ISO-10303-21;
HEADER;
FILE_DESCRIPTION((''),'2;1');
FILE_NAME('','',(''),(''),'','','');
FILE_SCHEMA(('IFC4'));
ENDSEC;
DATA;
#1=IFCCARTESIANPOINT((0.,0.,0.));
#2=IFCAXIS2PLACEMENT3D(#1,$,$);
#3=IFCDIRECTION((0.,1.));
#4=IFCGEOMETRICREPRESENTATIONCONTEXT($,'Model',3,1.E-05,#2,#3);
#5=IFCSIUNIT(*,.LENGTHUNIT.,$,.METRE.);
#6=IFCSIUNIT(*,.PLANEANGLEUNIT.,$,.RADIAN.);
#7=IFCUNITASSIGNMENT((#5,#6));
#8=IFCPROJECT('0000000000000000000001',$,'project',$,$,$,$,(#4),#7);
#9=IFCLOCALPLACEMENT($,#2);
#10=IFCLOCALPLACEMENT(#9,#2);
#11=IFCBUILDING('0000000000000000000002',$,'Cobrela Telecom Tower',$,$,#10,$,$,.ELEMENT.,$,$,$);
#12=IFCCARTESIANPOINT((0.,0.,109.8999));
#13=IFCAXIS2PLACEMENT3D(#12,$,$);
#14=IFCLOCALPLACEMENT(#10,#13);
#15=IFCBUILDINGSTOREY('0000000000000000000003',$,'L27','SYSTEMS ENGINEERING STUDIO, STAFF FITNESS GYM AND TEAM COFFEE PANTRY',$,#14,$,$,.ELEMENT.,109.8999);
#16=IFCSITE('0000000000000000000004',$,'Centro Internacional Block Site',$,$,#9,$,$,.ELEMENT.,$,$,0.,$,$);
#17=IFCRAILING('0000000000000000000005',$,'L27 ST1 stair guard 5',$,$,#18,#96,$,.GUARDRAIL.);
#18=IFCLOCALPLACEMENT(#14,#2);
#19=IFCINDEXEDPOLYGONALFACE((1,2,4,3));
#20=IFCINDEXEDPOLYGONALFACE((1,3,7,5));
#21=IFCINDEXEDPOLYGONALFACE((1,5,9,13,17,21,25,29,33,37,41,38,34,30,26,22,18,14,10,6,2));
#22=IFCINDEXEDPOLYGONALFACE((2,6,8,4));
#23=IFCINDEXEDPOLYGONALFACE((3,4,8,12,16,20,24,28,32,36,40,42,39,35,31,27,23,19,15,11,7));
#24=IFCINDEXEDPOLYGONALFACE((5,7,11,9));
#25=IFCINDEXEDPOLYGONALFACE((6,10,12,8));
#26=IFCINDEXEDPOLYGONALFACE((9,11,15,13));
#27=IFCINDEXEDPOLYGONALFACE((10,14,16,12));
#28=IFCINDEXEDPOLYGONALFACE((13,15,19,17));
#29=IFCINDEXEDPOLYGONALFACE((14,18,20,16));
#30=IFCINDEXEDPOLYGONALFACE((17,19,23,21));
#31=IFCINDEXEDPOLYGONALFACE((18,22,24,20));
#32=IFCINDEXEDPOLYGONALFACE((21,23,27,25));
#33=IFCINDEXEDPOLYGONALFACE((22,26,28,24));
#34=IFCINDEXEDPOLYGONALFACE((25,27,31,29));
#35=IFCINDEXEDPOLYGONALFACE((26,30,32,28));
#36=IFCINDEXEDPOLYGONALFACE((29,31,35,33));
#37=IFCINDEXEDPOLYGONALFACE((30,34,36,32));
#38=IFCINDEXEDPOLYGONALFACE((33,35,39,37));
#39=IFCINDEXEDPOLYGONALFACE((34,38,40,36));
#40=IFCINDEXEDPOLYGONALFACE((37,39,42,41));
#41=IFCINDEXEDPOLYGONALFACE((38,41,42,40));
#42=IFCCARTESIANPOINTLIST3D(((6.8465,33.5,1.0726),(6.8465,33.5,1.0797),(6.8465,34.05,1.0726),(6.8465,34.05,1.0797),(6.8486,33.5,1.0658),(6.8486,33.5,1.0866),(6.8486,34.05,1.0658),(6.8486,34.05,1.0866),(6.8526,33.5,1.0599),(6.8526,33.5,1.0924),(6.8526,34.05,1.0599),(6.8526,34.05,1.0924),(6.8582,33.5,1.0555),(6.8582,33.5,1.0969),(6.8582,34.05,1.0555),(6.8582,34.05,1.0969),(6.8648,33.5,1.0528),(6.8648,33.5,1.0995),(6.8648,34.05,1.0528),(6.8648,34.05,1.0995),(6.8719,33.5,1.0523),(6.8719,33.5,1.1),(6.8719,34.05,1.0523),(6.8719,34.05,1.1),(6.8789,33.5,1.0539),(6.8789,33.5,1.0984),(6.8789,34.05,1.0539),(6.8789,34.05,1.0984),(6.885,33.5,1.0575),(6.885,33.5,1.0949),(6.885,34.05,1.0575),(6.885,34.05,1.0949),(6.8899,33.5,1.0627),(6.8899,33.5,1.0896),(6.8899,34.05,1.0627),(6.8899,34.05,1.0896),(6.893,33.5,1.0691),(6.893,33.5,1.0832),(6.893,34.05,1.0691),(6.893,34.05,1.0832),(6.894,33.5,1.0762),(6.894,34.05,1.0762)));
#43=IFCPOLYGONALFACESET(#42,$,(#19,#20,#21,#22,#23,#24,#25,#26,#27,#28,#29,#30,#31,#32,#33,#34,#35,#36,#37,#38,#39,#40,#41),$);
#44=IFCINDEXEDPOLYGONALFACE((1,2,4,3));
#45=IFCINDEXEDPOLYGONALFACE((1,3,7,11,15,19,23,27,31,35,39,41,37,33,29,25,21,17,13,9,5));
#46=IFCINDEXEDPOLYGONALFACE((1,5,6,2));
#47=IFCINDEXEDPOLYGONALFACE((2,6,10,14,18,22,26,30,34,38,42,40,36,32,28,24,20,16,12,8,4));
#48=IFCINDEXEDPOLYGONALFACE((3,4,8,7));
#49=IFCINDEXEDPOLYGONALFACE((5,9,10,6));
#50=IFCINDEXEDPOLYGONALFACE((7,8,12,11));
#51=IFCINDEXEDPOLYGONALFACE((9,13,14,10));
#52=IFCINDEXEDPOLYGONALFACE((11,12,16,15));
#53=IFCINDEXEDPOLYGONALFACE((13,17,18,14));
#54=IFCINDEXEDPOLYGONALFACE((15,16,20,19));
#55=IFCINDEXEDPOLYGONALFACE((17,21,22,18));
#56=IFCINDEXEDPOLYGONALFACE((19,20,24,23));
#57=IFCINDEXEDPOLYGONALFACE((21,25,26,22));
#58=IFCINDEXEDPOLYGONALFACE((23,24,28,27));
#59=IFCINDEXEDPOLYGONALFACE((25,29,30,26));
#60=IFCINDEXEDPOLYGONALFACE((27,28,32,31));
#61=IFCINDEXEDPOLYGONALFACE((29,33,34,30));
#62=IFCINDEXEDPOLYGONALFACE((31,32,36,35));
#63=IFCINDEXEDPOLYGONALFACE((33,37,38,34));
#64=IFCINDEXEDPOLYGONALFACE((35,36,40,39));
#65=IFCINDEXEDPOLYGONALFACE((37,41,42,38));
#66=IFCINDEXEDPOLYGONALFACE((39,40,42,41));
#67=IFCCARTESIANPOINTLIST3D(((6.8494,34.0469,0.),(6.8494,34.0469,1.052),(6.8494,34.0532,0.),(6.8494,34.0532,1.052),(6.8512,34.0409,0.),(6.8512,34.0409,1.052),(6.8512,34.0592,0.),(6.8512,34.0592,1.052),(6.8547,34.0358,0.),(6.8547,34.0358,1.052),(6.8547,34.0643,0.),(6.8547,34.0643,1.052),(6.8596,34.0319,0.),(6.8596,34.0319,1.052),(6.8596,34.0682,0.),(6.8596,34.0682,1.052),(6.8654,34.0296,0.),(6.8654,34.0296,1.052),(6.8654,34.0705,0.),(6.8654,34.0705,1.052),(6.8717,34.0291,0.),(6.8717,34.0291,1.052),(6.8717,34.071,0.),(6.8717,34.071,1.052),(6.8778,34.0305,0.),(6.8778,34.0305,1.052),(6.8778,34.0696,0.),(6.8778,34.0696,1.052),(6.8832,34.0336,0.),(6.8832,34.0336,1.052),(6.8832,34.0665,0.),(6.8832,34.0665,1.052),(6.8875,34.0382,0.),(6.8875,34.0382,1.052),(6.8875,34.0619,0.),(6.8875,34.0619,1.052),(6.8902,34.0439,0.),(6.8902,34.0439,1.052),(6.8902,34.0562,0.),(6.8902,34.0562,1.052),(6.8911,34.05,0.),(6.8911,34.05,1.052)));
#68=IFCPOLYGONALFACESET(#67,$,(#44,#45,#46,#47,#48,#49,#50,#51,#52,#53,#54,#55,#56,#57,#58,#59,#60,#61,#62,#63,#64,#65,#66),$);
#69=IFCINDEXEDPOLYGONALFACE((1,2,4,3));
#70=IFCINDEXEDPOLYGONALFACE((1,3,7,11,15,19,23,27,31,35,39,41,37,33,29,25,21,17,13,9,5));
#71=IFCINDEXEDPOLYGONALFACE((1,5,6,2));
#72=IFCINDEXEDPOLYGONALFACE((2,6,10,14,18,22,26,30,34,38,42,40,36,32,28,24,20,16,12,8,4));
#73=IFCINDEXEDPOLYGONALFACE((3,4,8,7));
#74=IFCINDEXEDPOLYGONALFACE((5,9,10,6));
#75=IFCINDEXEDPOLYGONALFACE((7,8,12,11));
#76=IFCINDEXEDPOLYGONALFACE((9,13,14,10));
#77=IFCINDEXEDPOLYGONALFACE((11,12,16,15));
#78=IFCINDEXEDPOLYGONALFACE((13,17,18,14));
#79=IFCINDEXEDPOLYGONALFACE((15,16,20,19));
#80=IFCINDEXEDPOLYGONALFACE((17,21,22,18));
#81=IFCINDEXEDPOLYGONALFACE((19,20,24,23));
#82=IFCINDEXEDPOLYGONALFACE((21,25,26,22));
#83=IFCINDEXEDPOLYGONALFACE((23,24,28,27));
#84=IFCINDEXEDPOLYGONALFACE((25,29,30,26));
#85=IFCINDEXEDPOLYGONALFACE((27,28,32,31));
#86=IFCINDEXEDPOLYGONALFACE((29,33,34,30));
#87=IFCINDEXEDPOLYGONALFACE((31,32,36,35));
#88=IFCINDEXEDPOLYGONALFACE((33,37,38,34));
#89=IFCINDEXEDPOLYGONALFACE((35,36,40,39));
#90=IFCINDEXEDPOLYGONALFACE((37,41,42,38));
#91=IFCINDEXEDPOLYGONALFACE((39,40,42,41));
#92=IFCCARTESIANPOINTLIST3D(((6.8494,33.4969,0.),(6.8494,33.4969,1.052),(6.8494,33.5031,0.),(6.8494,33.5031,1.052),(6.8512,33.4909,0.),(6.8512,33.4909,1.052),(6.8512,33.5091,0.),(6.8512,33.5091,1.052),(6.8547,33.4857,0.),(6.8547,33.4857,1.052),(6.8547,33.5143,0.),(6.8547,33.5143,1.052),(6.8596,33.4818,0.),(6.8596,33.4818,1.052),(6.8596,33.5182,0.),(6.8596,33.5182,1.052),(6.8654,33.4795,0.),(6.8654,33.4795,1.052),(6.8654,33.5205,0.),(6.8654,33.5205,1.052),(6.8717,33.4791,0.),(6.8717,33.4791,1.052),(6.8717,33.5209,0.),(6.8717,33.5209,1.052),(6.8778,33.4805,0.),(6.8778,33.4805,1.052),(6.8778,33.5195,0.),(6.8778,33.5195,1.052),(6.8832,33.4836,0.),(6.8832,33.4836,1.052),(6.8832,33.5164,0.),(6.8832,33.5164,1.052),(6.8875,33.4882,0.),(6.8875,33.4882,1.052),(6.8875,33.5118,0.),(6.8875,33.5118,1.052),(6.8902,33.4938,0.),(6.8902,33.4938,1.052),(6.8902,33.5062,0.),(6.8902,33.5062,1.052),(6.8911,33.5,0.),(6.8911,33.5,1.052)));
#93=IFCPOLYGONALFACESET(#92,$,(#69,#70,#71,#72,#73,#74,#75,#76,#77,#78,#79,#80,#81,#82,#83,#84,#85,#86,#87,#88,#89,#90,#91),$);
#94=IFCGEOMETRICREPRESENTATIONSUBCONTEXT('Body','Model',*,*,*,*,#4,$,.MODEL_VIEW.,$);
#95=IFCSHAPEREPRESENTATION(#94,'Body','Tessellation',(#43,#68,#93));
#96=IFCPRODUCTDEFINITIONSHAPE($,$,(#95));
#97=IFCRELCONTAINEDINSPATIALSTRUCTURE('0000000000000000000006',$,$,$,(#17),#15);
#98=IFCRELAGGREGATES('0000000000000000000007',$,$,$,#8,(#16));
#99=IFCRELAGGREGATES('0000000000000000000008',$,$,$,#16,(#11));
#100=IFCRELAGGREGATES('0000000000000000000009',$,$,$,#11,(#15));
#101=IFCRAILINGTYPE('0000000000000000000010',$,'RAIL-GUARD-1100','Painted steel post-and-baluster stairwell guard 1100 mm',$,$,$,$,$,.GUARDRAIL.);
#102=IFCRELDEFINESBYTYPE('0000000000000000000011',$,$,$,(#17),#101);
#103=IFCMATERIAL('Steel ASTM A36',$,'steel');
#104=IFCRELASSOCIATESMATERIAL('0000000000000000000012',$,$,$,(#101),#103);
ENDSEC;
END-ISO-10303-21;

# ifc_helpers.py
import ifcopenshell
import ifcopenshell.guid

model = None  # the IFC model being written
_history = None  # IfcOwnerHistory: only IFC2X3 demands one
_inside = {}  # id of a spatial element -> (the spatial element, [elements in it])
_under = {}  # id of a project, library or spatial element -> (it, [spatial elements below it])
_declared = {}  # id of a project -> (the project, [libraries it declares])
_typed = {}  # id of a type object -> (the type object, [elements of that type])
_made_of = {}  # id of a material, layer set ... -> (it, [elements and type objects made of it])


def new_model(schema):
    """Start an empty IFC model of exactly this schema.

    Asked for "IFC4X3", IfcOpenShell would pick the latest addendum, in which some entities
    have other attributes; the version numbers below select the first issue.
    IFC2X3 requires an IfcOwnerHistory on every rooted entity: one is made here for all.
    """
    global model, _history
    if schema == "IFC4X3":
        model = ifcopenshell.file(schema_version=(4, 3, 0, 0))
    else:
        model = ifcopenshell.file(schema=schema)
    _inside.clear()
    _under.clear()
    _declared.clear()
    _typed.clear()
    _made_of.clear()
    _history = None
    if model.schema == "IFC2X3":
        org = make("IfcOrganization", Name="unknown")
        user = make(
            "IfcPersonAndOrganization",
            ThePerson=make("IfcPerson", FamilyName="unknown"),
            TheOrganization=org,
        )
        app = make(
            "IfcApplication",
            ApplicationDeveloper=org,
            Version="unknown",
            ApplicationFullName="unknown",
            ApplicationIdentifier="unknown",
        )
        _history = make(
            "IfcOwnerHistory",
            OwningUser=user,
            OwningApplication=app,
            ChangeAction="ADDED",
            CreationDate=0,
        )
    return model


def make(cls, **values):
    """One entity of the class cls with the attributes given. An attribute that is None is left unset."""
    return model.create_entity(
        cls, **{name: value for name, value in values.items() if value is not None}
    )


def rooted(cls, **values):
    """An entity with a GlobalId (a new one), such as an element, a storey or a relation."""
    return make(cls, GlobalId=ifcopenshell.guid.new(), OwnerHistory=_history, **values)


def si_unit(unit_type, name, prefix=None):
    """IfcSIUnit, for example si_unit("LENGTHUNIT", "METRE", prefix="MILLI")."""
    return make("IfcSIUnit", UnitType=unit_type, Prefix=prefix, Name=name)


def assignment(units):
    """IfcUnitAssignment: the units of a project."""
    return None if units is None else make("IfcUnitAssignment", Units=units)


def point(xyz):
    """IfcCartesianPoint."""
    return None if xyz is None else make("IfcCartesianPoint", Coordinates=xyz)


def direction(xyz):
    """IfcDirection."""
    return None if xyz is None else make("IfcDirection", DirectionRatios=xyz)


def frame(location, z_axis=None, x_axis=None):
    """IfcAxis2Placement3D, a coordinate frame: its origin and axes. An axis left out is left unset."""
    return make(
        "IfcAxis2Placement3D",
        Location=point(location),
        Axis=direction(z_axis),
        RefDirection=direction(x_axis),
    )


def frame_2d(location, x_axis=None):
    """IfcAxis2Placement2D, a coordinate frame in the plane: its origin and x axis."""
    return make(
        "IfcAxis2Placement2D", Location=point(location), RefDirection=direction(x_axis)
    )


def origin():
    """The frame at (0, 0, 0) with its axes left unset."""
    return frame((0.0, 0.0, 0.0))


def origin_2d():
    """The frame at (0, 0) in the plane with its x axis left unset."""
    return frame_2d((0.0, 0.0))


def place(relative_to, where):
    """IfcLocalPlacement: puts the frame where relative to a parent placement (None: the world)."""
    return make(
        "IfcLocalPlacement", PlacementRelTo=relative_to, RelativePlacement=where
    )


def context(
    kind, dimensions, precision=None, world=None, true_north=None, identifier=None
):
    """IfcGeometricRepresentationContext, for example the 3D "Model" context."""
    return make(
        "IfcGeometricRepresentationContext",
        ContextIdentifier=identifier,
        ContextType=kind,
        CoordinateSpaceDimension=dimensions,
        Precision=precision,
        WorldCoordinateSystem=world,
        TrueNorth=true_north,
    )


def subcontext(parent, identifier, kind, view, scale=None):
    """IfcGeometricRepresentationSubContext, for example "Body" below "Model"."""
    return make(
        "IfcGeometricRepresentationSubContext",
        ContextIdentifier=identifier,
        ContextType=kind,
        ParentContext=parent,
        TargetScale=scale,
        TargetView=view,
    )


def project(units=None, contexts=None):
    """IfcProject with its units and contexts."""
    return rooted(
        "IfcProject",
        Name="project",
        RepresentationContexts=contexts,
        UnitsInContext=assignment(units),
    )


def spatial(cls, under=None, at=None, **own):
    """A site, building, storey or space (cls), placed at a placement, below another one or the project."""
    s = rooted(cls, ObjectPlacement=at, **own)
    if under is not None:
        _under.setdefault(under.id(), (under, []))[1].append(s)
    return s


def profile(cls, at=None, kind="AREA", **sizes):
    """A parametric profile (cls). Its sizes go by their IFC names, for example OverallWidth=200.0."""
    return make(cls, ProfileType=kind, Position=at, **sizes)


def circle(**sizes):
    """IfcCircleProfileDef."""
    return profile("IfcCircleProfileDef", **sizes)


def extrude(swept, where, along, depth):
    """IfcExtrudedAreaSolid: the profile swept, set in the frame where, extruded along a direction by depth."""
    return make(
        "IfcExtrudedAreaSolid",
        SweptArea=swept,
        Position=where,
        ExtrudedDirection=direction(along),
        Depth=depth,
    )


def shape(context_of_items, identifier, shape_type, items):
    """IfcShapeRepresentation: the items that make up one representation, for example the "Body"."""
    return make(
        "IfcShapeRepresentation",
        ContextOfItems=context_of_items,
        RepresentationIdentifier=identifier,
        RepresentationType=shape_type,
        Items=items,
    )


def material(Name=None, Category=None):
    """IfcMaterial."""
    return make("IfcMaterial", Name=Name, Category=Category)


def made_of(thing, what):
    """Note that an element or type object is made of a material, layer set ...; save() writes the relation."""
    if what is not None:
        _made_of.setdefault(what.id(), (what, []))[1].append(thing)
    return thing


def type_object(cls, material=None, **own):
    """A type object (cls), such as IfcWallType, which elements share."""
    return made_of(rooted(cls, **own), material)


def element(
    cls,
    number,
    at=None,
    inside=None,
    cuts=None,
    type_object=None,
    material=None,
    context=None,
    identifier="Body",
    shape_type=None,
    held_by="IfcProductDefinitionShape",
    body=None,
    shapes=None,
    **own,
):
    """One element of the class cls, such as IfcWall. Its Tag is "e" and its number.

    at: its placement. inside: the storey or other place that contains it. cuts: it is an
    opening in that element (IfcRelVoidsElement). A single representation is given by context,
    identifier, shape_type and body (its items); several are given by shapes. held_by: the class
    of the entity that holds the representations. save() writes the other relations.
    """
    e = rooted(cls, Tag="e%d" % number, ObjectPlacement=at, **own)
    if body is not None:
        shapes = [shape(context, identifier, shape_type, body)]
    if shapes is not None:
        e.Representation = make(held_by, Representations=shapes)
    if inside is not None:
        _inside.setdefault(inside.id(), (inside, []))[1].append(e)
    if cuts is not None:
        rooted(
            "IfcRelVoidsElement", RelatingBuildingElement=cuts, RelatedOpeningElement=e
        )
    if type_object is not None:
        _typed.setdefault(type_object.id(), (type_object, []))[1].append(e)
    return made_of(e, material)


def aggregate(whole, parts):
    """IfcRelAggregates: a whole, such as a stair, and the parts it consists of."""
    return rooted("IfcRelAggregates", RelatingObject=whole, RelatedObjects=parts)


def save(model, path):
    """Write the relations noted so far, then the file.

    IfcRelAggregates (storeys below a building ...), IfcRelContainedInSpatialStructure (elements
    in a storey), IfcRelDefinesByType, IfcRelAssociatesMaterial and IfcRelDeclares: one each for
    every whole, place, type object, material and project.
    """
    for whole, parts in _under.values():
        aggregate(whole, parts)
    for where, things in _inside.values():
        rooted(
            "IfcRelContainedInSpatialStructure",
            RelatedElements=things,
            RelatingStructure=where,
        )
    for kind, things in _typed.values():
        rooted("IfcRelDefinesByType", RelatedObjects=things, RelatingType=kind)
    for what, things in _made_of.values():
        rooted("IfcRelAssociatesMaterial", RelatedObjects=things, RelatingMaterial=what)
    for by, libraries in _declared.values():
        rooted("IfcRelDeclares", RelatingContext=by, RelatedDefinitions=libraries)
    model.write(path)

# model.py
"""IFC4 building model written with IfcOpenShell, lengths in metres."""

from ifc_helpers import new_model, si_unit, direction, frame, origin, origin_2d, place, context, subcontext, project, spatial, circle, extrude, material, type_object, element, save


model = new_model("IFC4")

# Units and contexts
model_context = context("Model", 3, precision=1e-05, world=origin(), true_north=direction((0.0, 1.0)))
body_context = subcontext(model_context, "Body", "Model", "MODEL_VIEW")
ifc_project = project(units=[si_unit("LENGTHUNIT", "METRE"), si_unit("PLANEANGLEUNIT", "RADIAN")], contexts=[model_context])

# Site, building, storey
site_placement = place(None, origin())
site = spatial("IfcSite", under=ifc_project, at=site_placement, Name="Centro Internacional Block Site", CompositionType="ELEMENT", RefElevation=0.0)
building_placement = place(site_placement, origin())
building = spatial("IfcBuilding", under=site, at=building_placement, Name="Cobrela Telecom Tower", CompositionType="ELEMENT")
storey_placement = place(building_placement, frame((0.0, 0.0, 109.8999)))
storey = spatial("IfcBuildingStorey", under=building, at=storey_placement, Name="L27", Description="SYSTEMS ENGINEERING STUDIO, STAFF FITNESS GYM AND TEAM COFFEE PANTRY", CompositionType="ELEMENT", Elevation=109.8999)

# Shared definitions
ifc_material_1 = material(Name="Steel ASTM A36", Category="steel")

# Railing
railing_type_1 = type_object("IfcRailingType", Name="RAIL-GUARD-1100", Description="Painted steel post-and-baluster stairwell guard 1100 mm", PredefinedType="GUARDRAIL", material=ifc_material_1)
railing_1_placement = place(storey_placement, frame((6.8701, 34.05, 0.0)))
element("IfcRailing", 1, at=railing_1_placement, inside=storey, type_object=railing_type_1, Name="L27 ST1 stair guard 5", PredefinedType="GUARDRAIL", context=body_context, shape_type="SweptSolid", body=[
    extrude(circle(Radius=0.0239, at=origin_2d()), frame((0.0, 0.0, 1.0762), z_axis=(0.0, -1.0, 0.0), x_axis=(1.0, 0.0, 0.0)), (0.0, 0.0, 1.0), 0.55),
    extrude(circle(Radius=0.021, at=origin_2d()), origin(), (0.0, 0.0, 1.0), 1.052),
    extrude(circle(Radius=0.021, at=origin_2d()), frame((0.0, -0.55, 0.0)), (0.0, 0.0, 1.0), 1.052),
])

save(model, "model.ifc")
